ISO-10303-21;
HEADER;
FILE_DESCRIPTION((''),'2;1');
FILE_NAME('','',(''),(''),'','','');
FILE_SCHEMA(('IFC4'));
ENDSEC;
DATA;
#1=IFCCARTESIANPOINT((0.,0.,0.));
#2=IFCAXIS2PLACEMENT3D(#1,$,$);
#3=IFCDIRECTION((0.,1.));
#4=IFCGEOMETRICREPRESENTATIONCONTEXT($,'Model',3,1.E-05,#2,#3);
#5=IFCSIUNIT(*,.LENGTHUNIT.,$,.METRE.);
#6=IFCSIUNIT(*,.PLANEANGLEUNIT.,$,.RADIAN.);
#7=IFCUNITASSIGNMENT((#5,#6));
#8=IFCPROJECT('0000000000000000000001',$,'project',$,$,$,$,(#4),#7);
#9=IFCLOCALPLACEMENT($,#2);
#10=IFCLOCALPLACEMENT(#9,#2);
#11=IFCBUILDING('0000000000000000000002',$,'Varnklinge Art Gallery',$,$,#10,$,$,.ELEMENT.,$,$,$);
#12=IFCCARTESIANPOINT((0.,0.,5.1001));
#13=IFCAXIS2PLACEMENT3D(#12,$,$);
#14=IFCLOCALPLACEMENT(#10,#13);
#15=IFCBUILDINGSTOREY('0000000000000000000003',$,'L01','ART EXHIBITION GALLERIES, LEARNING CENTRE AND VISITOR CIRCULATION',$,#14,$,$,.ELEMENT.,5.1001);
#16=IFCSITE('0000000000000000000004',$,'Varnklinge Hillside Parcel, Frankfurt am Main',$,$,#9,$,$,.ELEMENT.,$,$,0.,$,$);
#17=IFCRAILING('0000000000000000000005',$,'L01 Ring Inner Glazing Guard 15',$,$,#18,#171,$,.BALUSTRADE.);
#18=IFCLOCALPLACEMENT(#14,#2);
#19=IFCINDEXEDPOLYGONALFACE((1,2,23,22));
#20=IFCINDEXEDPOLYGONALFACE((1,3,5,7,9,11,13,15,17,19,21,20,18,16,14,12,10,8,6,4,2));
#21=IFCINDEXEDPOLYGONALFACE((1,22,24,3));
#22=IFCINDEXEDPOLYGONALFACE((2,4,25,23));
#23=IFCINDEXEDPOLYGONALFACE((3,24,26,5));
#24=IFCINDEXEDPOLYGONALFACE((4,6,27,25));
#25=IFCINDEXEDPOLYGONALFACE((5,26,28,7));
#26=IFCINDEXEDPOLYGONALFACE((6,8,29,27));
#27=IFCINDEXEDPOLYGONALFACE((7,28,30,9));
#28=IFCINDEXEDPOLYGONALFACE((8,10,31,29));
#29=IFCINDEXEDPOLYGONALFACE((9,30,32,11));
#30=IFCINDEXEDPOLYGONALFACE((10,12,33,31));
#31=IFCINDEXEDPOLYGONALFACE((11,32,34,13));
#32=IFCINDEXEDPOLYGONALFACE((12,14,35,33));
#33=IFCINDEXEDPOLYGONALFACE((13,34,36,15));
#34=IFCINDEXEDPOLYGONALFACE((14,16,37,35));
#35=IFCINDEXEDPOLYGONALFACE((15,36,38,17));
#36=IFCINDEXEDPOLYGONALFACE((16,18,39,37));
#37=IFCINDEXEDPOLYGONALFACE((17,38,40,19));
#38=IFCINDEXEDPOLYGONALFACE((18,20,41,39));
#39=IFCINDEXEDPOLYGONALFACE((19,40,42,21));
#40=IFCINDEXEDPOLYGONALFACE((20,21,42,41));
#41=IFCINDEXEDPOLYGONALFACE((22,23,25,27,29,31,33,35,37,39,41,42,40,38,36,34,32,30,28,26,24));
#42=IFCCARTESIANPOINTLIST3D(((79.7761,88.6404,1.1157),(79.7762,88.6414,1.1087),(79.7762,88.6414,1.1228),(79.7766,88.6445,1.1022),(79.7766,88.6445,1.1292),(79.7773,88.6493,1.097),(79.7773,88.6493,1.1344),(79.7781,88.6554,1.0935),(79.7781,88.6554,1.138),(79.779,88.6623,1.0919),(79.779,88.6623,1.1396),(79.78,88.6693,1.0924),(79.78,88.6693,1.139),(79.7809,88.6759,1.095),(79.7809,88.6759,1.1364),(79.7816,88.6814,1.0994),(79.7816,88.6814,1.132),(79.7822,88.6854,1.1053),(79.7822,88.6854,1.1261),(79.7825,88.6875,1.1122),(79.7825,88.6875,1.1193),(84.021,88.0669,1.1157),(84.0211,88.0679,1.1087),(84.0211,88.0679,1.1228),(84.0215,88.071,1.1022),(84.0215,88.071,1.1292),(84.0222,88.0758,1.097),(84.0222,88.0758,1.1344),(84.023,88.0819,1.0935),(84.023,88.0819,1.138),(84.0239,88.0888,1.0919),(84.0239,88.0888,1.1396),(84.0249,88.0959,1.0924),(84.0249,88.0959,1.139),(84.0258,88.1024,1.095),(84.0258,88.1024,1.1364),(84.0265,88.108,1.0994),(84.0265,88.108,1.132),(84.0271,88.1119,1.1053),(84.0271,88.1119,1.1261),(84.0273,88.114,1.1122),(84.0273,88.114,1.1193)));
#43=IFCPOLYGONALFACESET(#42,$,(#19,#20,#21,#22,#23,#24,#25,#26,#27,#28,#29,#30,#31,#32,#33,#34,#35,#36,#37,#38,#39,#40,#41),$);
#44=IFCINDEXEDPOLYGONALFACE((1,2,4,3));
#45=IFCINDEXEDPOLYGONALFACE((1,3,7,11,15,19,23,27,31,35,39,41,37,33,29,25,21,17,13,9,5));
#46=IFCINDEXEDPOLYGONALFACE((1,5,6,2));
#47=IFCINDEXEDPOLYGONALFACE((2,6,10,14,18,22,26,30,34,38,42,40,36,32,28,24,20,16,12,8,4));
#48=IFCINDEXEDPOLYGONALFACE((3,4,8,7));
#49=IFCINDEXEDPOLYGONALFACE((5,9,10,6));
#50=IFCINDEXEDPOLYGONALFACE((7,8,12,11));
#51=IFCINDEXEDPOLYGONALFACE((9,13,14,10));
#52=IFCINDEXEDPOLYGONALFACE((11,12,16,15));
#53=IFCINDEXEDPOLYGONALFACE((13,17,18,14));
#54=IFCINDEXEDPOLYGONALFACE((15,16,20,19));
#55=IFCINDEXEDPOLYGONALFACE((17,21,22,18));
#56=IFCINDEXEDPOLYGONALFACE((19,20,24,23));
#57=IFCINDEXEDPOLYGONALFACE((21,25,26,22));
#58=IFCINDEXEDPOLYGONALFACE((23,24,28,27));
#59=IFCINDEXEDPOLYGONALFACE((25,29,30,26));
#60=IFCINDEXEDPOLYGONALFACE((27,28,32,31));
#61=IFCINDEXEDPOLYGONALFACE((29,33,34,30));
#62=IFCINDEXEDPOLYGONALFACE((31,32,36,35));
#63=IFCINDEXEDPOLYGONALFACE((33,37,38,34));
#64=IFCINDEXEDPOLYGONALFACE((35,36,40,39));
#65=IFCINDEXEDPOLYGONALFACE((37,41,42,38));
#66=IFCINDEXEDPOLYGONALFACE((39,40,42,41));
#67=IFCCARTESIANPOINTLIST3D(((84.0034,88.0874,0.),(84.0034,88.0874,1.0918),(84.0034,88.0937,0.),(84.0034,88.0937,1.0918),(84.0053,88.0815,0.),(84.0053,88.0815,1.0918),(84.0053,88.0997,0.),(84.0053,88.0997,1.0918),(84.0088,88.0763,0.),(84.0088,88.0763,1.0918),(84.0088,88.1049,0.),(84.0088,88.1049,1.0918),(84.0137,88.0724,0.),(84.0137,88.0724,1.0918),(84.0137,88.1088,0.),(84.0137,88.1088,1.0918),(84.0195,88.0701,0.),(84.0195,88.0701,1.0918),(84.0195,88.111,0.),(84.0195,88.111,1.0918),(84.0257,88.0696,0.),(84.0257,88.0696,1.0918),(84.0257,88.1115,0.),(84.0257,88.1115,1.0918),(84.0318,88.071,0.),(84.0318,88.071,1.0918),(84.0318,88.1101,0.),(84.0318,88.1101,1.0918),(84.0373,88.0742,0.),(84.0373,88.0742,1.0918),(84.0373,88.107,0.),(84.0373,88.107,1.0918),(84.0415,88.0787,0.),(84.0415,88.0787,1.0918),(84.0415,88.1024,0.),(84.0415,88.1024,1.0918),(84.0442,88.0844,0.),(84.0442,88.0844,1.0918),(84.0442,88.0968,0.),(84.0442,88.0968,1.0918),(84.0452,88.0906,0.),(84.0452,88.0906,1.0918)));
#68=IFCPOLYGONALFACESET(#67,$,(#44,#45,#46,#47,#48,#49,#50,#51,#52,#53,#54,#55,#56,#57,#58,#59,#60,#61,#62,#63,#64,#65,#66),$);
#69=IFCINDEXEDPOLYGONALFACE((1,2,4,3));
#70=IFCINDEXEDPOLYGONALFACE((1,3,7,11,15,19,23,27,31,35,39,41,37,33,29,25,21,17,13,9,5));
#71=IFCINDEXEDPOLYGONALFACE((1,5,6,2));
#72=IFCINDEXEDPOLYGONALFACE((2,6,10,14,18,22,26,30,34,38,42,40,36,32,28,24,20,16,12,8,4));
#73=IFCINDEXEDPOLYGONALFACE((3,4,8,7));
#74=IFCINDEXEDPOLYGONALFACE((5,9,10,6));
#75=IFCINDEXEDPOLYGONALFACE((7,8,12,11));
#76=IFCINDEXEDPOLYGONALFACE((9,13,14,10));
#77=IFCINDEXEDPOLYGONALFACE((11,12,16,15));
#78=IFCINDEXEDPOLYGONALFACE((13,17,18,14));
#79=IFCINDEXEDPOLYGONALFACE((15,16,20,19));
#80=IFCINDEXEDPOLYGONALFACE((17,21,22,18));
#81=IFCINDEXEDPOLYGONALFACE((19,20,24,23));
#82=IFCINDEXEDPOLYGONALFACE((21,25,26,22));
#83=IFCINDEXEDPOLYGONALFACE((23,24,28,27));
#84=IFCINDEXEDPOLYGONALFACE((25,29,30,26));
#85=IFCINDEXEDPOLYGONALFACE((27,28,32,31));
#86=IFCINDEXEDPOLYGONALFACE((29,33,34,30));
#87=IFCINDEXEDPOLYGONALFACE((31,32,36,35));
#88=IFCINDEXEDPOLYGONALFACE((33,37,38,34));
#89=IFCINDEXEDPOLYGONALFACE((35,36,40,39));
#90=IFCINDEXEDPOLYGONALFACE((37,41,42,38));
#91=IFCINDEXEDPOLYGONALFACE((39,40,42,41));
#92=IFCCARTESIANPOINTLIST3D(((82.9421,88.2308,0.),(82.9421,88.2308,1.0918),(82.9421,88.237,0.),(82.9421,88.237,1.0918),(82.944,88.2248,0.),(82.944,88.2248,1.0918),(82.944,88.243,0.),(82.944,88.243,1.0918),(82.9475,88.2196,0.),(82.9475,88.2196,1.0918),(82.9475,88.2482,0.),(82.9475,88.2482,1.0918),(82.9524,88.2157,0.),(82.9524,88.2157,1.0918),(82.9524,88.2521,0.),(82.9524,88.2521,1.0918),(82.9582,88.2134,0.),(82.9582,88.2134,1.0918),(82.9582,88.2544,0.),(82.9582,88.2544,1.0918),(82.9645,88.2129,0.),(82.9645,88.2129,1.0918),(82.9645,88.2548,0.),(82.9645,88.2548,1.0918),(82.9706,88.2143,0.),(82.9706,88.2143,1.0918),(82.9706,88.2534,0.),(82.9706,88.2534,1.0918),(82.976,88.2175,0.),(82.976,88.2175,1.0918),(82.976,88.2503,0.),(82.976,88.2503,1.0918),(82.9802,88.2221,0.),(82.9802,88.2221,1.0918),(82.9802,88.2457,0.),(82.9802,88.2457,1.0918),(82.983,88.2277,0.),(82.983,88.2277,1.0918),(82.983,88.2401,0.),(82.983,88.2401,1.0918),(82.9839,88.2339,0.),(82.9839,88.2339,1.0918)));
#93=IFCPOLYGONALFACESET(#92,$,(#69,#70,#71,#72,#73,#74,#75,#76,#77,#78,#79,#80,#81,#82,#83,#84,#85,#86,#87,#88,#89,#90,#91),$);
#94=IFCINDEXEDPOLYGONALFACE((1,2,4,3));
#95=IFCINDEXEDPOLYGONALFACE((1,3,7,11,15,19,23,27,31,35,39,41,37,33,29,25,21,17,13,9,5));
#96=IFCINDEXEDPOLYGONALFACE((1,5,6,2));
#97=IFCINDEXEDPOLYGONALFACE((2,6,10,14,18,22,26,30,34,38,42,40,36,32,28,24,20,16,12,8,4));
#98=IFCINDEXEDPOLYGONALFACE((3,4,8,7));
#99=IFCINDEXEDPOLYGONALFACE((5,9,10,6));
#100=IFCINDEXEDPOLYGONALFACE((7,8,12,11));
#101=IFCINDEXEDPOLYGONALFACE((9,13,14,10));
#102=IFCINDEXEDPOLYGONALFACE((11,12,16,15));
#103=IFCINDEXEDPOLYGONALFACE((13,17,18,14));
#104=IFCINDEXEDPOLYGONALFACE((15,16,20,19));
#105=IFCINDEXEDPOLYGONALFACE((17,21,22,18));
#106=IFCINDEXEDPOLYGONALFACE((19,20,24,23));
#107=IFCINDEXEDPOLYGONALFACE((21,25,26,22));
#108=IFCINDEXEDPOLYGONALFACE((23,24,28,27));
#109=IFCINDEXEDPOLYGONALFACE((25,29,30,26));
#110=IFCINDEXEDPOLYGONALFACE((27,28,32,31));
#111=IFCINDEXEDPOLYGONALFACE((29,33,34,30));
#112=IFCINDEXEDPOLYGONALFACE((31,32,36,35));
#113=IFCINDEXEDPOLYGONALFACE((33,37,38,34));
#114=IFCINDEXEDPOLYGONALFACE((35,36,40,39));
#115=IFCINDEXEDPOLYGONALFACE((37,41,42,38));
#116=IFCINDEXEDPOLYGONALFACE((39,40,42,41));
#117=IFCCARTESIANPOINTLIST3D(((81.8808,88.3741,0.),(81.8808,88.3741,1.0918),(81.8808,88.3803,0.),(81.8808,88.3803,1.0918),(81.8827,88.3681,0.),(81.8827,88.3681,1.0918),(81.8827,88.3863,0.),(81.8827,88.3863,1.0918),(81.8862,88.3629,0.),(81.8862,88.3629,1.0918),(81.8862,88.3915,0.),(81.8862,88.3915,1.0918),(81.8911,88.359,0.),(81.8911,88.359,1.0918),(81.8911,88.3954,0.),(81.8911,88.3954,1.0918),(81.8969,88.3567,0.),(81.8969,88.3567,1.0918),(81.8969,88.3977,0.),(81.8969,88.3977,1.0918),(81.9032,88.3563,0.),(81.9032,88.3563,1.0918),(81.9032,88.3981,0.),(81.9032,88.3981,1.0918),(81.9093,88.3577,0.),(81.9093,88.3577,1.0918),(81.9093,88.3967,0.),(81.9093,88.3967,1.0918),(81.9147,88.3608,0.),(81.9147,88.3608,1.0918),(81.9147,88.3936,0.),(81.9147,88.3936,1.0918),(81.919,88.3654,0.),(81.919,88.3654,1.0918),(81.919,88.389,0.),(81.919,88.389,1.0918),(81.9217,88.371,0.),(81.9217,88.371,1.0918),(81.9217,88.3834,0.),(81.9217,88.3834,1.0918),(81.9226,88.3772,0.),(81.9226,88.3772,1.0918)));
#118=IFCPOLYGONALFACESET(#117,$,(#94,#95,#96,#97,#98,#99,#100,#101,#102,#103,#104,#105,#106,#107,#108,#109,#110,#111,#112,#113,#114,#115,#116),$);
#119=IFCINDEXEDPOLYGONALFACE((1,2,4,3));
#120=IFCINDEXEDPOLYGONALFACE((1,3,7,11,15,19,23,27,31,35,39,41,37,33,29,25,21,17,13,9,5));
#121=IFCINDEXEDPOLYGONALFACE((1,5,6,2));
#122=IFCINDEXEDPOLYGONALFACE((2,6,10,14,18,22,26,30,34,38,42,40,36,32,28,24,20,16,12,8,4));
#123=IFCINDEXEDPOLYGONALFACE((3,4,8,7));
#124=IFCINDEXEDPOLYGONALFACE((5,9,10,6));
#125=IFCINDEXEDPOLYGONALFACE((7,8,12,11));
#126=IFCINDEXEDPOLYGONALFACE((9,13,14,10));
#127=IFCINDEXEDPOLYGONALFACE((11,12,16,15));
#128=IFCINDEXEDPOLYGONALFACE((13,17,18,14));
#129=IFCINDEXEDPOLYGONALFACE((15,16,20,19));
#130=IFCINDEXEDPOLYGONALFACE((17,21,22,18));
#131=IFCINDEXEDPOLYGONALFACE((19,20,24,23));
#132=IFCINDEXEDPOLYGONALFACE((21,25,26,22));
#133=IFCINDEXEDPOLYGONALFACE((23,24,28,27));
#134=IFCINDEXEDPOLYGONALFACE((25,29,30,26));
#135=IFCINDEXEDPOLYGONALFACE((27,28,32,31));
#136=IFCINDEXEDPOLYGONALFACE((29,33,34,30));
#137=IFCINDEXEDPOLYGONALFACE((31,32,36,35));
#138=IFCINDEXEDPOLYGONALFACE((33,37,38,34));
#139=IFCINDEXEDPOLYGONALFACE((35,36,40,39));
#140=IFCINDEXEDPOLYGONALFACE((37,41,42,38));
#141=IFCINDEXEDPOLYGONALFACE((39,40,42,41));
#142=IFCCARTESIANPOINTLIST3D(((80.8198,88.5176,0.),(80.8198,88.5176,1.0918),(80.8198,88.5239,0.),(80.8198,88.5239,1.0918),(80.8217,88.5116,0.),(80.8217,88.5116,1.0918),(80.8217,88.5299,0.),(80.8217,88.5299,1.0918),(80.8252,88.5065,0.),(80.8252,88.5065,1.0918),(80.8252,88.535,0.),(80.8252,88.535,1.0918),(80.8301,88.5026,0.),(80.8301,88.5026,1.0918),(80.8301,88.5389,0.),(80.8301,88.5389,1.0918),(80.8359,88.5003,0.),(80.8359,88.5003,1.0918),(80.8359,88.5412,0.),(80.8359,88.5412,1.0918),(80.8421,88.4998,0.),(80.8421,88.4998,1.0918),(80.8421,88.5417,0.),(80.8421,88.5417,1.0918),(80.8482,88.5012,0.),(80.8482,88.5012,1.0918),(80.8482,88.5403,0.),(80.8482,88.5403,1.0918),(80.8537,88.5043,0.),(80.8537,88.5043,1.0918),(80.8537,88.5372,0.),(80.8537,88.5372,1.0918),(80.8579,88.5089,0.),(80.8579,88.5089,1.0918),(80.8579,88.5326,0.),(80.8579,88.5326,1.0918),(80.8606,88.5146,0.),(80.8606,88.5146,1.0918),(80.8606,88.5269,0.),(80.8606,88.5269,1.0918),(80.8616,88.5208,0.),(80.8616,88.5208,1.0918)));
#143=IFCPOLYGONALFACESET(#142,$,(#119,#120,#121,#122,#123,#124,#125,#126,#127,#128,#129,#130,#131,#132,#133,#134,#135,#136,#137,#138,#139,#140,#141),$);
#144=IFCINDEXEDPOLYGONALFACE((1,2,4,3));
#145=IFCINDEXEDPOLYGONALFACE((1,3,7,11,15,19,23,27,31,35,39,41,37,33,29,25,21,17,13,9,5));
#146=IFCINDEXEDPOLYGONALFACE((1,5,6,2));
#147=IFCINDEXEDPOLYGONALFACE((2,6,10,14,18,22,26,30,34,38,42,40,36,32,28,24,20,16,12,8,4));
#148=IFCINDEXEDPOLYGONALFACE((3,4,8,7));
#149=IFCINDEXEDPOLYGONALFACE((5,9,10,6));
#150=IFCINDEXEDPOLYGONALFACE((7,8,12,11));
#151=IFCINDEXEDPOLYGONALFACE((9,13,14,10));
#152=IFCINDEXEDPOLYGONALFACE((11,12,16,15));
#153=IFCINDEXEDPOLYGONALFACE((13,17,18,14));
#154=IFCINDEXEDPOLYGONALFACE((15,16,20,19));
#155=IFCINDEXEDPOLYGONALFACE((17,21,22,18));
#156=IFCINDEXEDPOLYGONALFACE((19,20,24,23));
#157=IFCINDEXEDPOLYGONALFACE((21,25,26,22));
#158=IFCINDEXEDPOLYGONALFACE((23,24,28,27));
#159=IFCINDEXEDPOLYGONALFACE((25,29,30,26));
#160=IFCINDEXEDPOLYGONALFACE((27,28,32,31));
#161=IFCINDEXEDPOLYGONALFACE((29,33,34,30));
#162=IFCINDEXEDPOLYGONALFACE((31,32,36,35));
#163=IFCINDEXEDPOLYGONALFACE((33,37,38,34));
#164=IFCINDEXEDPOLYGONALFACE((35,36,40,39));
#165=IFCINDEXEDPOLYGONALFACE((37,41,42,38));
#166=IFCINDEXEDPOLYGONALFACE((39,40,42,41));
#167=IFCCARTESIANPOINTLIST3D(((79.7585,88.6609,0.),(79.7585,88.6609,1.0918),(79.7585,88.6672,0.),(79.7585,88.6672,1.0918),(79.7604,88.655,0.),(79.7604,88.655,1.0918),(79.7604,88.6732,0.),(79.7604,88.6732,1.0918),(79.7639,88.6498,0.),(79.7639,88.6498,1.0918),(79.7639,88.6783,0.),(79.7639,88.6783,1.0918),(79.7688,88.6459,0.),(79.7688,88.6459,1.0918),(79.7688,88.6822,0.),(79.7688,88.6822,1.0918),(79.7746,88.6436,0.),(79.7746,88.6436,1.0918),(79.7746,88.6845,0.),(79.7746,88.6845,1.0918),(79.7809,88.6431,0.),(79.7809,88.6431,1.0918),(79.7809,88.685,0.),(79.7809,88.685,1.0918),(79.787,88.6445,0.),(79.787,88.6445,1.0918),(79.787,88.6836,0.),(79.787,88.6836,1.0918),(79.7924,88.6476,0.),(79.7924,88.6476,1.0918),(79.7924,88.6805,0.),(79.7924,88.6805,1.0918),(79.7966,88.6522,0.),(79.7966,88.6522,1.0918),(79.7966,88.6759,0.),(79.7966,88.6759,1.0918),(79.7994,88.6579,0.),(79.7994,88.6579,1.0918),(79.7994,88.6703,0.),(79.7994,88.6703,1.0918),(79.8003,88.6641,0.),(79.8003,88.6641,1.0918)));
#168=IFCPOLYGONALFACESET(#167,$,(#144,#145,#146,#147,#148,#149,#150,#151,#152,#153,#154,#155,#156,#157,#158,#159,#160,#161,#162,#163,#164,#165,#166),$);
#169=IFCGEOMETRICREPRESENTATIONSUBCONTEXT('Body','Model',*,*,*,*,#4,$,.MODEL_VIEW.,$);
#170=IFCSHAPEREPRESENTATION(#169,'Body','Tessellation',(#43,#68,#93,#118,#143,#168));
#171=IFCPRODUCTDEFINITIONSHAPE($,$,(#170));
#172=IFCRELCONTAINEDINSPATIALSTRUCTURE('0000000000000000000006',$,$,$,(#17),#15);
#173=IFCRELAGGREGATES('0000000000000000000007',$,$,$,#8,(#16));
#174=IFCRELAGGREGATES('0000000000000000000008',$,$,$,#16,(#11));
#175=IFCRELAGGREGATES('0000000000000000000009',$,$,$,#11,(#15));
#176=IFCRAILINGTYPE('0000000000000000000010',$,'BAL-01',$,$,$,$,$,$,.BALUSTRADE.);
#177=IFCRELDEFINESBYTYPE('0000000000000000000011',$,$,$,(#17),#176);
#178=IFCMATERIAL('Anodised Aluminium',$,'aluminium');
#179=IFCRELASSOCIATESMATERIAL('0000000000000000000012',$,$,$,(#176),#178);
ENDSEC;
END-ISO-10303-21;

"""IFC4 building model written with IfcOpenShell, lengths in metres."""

from ifc_helpers import new_model, si_unit, direction, frame, origin, origin_2d, place, context, subcontext, project, spatial, circle, extrude, material, type_object, element, save


model = new_model("IFC4")

# Units and contexts
model_context = context("Model", 3, precision=1e-05, world=origin(), true_north=direction((0.0, 1.0)))
body_context = subcontext(model_context, "Body", "Model", "MODEL_VIEW")
ifc_project = project(units=[si_unit("LENGTHUNIT", "METRE"), si_unit("PLANEANGLEUNIT", "RADIAN")], contexts=[model_context])

# Site, building, storey
site_placement = place(None, origin())
site = spatial("IfcSite", under=ifc_project, at=site_placement, Name="Varnklinge Hillside Parcel, Frankfurt am Main", CompositionType="ELEMENT", RefElevation=0.0)
building_placement = place(site_placement, origin())
building = spatial("IfcBuilding", under=site, at=building_placement, Name="Varnklinge Art Gallery", CompositionType="ELEMENT")
storey_placement = place(building_placement, frame((0.0, 0.0, 5.1001)))
storey = spatial("IfcBuildingStorey", under=building, at=storey_placement, Name="L01", Description="ART EXHIBITION GALLERIES, LEARNING CENTRE AND VISITOR CIRCULATION", CompositionType="ELEMENT", Elevation=5.1001)

# Railing
ifc_material_1 = material(Name="Anodised Aluminium", Category="aluminium")
railing_type = type_object("IfcRailingType", Name="BAL-01", PredefinedType="BALUSTRADE", material=ifc_material_1)
railing_placement = place(storey_placement, frame((84.0242, 88.0906, 0.0)))
element("IfcRailing", 1, at=railing_placement, inside=storey, type_object=railing_type, Name="L01 Ring Inner Glazing Guard 15", PredefinedType="BALUSTRADE", context=body_context, shape_type="SweptSolid", body=[
    extrude(circle(Radius=0.0239, at=origin_2d()), frame((0.0, 0.0, 1.1157), z_axis=(-0.990997, 0.133885, 0.0), x_axis=(-0.133885, -0.990997, 0.0)), (0.0, 0.0, 1.0), 4.2834),
    extrude(circle(Radius=0.021, at=origin_2d()), origin(), (0.0, 0.0, 1.0), 1.0918),
    extrude(circle(Radius=0.021, at=origin_2d()), frame((-1.0613, 0.1433, 0.0)), (0.0, 0.0, 1.0), 1.0918),
    extrude(circle(Radius=0.021, at=origin_2d()), frame((-2.1226, 0.2866, 0.0)), (0.0, 0.0, 1.0), 1.0918),
    extrude(circle(Radius=0.021, at=origin_2d()), frame((-3.1836, 0.4302, 0.0)), (0.0, 0.0, 1.0), 1.0918),
    extrude(circle(Radius=0.021, at=origin_2d()), frame((-4.2449, 0.5735, 0.0)), (0.0, 0.0, 1.0), 1.0918),
])

save(model, "model.ifc")
